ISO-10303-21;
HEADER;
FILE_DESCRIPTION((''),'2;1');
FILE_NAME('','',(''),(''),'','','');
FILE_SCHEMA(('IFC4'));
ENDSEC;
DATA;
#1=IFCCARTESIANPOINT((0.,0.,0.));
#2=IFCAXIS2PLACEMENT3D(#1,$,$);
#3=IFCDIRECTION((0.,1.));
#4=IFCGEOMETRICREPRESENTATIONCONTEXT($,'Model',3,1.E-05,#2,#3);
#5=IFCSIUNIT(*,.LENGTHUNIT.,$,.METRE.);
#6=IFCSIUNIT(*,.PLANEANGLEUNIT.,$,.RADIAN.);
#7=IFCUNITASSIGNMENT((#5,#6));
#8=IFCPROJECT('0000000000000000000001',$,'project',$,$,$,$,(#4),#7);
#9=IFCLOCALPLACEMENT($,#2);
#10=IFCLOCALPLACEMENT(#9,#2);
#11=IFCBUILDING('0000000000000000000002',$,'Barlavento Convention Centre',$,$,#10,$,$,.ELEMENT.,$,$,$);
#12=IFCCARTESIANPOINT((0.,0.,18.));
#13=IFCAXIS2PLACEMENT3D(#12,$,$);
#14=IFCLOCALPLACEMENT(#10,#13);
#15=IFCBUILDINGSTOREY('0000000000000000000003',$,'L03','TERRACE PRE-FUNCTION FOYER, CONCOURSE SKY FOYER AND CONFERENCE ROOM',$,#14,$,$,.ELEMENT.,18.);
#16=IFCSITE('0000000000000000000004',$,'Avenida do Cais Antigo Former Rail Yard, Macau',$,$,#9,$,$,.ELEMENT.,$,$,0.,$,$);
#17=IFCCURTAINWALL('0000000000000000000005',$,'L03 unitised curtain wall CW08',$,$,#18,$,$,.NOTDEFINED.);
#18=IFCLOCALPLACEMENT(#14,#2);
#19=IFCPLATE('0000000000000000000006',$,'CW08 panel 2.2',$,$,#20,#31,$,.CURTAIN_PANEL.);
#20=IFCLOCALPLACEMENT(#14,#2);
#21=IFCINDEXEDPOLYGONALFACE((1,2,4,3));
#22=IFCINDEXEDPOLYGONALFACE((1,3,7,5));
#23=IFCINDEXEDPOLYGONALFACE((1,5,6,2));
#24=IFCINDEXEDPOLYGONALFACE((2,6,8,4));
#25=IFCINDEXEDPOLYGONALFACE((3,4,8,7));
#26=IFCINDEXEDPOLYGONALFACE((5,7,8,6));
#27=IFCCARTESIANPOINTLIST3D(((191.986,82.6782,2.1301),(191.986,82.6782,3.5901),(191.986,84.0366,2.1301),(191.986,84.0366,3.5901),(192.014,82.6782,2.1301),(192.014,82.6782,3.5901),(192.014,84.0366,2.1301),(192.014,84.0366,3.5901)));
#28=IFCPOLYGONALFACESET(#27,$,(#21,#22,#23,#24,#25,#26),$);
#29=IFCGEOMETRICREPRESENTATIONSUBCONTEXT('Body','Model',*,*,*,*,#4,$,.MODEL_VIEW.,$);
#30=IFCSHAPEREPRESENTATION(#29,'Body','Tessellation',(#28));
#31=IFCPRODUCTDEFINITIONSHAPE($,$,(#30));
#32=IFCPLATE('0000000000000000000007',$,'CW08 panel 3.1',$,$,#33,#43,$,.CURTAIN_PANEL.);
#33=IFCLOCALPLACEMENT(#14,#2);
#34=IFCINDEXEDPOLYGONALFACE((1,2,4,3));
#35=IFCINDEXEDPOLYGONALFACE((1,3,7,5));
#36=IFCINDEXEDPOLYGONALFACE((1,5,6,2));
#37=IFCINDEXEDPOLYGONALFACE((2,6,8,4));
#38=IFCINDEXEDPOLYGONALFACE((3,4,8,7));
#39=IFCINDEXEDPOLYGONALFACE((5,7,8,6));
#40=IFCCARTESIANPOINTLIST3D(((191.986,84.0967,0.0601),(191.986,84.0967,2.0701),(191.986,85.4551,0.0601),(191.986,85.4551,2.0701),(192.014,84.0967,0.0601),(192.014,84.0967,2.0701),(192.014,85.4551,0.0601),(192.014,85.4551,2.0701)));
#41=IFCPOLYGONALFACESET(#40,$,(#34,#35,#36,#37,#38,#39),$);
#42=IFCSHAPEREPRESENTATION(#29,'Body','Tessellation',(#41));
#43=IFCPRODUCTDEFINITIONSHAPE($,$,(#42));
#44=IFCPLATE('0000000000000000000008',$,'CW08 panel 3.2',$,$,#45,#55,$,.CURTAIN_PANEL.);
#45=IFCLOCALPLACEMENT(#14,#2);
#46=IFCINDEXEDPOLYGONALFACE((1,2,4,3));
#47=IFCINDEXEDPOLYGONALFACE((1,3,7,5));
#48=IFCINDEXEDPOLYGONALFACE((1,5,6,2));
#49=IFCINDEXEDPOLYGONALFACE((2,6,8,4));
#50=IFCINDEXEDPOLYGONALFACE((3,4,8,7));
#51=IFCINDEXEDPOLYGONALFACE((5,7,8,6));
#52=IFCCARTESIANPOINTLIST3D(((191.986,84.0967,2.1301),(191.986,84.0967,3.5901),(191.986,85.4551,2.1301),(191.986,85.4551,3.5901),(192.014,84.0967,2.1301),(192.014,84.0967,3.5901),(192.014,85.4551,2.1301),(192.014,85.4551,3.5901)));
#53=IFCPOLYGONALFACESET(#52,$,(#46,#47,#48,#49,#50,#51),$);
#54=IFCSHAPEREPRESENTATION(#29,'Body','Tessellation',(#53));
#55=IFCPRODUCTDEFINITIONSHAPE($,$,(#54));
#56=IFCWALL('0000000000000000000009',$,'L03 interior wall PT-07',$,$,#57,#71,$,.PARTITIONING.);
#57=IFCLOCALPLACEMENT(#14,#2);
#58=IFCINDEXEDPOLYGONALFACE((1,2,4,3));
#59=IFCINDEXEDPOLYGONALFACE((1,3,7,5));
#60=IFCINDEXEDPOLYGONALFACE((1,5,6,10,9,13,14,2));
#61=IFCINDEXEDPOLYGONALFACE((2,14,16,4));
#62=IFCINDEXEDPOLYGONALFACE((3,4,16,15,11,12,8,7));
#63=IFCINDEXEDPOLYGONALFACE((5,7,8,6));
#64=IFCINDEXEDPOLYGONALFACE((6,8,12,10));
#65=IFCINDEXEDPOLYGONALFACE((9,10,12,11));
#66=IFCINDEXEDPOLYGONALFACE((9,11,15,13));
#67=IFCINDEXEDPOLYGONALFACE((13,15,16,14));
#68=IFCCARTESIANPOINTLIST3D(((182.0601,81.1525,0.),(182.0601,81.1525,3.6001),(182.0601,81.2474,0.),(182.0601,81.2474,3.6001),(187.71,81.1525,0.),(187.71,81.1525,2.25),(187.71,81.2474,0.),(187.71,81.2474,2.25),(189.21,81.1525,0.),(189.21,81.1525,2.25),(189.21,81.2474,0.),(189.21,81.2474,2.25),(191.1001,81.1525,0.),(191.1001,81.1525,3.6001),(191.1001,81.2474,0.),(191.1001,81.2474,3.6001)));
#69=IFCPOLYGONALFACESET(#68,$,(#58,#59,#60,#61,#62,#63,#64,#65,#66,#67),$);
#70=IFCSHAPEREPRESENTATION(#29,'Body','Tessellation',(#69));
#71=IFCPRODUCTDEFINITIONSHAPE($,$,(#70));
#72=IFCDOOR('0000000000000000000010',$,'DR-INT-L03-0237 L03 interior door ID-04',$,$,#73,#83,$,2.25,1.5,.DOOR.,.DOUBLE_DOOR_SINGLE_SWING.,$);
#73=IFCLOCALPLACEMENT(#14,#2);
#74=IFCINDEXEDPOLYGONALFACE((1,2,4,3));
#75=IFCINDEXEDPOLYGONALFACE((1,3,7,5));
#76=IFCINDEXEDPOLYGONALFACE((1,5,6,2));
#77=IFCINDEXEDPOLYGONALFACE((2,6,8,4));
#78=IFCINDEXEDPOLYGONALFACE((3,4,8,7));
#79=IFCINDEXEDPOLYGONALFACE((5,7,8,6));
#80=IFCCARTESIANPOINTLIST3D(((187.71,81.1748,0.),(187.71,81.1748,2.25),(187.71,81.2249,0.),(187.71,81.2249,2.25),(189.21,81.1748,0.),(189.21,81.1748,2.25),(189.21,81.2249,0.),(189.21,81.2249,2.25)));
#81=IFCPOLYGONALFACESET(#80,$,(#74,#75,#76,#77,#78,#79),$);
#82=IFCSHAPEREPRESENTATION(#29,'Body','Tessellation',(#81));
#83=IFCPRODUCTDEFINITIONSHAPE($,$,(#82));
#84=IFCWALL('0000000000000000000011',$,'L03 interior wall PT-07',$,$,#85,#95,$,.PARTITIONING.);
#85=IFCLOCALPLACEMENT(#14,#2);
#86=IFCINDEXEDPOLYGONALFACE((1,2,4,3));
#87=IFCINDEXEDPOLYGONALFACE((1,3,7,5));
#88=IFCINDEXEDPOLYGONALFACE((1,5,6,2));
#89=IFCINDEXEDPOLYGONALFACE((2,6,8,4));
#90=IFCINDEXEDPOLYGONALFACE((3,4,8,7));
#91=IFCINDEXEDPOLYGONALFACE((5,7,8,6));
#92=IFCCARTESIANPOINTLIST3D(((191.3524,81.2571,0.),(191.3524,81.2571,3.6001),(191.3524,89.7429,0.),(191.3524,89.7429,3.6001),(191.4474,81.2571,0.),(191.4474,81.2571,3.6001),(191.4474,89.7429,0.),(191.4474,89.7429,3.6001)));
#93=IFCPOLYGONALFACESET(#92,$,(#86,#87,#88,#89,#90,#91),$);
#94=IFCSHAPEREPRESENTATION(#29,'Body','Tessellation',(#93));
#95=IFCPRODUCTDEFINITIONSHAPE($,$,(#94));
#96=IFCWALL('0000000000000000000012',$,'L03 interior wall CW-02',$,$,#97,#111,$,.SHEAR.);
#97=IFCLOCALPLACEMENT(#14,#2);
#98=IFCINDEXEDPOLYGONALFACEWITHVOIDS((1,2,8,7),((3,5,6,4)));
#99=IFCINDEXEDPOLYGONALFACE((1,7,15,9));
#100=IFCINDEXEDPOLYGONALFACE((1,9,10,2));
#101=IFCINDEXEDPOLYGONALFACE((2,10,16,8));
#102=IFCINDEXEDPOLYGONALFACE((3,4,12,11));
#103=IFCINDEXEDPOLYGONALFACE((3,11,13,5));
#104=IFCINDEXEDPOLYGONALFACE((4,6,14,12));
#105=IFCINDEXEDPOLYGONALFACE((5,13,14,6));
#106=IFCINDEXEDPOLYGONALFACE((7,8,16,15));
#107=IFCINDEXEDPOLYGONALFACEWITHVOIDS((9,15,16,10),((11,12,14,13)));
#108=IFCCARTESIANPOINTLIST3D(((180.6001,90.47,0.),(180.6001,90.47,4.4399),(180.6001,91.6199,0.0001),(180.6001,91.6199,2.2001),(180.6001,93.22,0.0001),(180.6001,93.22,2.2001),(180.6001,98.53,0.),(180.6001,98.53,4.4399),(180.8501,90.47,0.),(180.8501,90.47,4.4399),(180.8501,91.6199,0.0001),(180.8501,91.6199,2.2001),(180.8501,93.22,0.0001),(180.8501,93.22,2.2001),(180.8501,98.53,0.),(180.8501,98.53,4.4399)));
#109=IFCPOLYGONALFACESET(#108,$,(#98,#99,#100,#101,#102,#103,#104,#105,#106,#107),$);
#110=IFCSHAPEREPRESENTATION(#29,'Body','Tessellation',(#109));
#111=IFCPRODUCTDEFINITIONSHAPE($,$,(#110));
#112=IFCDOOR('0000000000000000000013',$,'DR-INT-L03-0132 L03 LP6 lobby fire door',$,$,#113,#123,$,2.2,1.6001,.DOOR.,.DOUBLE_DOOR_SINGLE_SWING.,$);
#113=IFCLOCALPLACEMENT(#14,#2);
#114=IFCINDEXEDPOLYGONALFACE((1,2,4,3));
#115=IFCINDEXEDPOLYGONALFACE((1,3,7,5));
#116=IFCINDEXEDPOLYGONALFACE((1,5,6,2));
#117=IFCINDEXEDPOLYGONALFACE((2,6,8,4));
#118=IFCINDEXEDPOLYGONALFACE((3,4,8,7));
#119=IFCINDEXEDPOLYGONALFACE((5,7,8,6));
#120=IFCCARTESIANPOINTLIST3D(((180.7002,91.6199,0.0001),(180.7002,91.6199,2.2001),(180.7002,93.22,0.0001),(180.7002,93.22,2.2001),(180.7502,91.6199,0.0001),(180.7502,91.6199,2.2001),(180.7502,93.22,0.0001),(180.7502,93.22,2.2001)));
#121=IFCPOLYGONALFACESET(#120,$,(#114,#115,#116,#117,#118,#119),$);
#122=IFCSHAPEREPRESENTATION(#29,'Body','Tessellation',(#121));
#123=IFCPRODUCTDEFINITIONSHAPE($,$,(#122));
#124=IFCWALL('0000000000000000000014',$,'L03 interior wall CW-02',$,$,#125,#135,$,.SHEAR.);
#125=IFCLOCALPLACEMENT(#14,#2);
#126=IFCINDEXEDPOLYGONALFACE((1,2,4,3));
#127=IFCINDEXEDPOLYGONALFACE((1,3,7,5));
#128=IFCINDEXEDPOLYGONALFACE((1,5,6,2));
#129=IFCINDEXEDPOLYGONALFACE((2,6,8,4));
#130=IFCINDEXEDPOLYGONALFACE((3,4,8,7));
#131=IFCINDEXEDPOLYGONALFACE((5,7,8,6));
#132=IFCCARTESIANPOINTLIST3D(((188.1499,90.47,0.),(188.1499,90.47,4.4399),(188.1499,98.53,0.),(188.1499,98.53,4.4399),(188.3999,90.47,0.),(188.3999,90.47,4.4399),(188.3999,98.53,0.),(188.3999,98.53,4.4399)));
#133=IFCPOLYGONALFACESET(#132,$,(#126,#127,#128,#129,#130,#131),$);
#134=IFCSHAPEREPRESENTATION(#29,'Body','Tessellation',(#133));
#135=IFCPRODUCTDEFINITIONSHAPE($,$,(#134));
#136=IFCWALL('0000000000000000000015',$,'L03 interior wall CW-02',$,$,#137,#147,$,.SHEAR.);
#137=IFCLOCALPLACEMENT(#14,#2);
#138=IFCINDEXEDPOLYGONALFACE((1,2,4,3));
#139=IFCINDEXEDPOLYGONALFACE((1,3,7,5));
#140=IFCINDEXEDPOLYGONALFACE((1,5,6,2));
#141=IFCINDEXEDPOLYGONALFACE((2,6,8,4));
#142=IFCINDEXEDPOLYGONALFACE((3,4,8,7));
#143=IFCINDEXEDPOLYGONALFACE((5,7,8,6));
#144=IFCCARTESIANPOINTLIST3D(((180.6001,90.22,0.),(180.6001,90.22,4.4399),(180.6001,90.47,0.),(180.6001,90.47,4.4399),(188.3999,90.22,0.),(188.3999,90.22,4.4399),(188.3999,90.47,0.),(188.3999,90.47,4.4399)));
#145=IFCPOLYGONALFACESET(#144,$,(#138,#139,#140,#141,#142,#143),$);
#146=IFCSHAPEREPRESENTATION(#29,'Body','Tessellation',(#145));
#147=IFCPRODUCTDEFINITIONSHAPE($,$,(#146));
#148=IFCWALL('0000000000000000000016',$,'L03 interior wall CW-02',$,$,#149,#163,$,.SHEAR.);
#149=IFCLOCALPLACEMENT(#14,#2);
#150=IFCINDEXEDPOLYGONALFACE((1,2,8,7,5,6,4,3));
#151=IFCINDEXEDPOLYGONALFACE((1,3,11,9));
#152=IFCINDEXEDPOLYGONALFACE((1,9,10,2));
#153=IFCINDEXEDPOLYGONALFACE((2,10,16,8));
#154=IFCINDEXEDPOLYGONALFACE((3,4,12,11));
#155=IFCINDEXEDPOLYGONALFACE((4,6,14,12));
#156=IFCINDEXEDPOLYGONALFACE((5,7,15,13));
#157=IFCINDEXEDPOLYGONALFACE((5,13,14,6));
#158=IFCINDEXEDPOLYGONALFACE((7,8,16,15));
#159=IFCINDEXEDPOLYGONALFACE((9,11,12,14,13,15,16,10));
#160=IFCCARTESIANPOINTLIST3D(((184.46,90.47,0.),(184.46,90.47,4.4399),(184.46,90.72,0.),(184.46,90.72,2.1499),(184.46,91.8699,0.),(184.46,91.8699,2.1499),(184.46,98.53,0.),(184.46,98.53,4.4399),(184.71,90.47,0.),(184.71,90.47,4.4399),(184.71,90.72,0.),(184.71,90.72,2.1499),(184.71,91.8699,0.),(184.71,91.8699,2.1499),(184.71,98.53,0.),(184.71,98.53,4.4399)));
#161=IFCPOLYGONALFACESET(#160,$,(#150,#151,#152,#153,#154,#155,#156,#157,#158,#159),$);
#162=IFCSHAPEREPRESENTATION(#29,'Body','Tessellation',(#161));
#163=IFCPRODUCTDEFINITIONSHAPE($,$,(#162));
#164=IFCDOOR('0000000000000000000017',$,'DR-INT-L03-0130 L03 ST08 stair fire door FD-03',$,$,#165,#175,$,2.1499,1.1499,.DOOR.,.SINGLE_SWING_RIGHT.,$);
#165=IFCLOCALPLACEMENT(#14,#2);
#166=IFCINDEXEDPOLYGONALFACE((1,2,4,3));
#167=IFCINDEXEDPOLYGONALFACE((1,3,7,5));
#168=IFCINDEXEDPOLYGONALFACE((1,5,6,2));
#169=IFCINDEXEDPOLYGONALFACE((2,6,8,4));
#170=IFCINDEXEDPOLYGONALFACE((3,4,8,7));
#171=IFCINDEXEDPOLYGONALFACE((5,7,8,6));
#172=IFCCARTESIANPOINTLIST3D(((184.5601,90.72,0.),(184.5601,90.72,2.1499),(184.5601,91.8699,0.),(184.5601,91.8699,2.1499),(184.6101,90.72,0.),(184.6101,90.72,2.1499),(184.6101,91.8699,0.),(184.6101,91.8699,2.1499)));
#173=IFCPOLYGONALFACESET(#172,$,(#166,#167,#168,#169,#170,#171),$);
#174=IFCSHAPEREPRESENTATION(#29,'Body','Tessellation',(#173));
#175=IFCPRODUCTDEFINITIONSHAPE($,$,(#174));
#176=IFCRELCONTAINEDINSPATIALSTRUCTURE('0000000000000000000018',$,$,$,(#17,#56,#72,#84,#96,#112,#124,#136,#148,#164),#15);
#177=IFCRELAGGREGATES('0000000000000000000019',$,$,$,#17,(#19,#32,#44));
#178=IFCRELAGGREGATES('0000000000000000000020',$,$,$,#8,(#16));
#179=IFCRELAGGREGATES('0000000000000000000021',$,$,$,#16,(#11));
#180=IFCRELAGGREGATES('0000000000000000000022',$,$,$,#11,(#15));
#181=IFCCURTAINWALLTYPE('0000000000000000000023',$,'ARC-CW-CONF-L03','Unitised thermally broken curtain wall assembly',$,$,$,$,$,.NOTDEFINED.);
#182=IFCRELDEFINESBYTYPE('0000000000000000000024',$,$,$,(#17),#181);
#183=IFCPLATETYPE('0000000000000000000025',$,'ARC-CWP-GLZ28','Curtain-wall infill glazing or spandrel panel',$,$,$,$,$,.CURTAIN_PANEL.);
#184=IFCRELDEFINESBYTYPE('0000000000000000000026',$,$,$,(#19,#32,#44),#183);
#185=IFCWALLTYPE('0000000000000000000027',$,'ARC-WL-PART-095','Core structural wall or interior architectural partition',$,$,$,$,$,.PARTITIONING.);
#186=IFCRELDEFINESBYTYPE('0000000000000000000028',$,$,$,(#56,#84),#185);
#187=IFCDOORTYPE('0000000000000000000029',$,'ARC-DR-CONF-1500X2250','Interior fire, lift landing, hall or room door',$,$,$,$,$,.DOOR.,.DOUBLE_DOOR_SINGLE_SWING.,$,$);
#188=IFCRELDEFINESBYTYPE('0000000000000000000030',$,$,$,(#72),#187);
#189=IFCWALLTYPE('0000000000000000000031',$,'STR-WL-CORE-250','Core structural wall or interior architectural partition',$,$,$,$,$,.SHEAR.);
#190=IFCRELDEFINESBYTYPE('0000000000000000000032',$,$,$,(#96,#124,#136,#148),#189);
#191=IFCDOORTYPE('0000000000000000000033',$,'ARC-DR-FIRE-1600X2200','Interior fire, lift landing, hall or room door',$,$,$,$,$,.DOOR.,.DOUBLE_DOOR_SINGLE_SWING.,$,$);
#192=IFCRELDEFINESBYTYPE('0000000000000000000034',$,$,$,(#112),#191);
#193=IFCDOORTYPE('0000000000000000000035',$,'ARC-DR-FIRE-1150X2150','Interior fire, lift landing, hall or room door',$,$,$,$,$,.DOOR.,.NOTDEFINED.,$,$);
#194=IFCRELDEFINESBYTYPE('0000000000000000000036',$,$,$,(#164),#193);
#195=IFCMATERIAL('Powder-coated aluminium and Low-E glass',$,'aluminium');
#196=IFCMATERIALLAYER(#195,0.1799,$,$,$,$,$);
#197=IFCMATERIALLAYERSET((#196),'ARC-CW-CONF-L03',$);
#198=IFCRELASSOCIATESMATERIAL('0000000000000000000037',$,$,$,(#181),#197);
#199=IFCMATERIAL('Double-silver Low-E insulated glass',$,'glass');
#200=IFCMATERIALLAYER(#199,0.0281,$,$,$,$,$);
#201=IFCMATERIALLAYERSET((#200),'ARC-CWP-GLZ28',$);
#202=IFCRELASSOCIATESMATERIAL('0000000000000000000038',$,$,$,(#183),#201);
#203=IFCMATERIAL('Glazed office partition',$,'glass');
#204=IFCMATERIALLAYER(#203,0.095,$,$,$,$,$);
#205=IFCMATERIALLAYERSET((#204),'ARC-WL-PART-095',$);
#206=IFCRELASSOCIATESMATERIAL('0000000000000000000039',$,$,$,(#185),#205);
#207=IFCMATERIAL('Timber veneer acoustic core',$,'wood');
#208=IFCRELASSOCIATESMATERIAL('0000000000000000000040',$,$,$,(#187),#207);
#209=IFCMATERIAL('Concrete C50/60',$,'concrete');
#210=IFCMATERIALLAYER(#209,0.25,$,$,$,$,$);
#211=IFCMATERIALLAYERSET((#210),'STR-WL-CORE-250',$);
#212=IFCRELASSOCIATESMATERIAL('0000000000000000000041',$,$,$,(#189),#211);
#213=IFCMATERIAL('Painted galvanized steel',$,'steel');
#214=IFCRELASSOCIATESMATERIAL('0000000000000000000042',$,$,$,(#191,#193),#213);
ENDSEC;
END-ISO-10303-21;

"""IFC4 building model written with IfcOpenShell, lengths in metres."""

from ifc_helpers import new_model, si_unit, direction, frame, frame_2d, origin, origin_2d, place, context, subcontext, project, spatial, rectangle, extrude, material, layer, layer_set, type_object, element, fill, aggregate, save


model = new_model("IFC4")

# Units and contexts
model_context = context("Model", 3, precision=1e-05, world=origin(), true_north=direction((0.0, 1.0)))
body_context = subcontext(model_context, "Body", "Model", "MODEL_VIEW")
ifc_project = project(units=[si_unit("LENGTHUNIT", "METRE"), si_unit("PLANEANGLEUNIT", "RADIAN")], contexts=[model_context])

# Site, building, storey
site_placement = place(None, origin())
site = spatial("IfcSite", under=ifc_project, at=site_placement, Name="Avenida do Cais Antigo Former Rail Yard, Macau", CompositionType="ELEMENT", RefElevation=0.0)
building_placement = place(site_placement, origin())
building = spatial("IfcBuilding", under=site, at=building_placement, Name="Barlavento Convention Centre", CompositionType="ELEMENT")
storey_placement = place(building_placement, frame((0.0, 0.0, 18.0)))
storey = spatial("IfcBuildingStorey", under=building, at=storey_placement, Name="L03", Description="TERRACE PRE-FUNCTION FOYER, CONCOURSE SKY FOYER AND CONFERENCE ROOM", CompositionType="ELEMENT", Elevation=18.0)

# Curtain wall
ifc_material_1 = material(Name="Powder-coated aluminium and Low-E glass", Category="aluminium")
ifc_layer_1 = layer(ifc_material_1, 0.1799)
ifc_layer_set_1 = layer_set([ifc_layer_1], Name="ARC-CW-CONF-L03")
curtain_wall_type = type_object("IfcCurtainWallType", Name="ARC-CW-CONF-L03", Description="Unitised thermally broken curtain wall assembly", PredefinedType="NOTDEFINED", material=ifc_layer_set_1)
curtain_wall_placement = place(storey_placement, origin())
curtain_wall = element("IfcCurtainWall", 1, at=curtain_wall_placement, inside=storey, type_object=curtain_wall_type, Name="L03 unitised curtain wall CW08", PredefinedType="NOTDEFINED")

# Plates
ifc_material_2 = material(Name="Double-silver Low-E insulated glass", Category="glass")
ifc_layer_2 = layer(ifc_material_2, 0.0281)
ifc_layer_set_2 = layer_set([ifc_layer_2], Name="ARC-CWP-GLZ28")
plate_type = type_object("IfcPlateType", Name="ARC-CWP-GLZ28", Description="Curtain-wall infill glazing or spandrel panel", PredefinedType="CURTAIN_PANEL", material=ifc_layer_set_2)
plate_1_placement = place(storey_placement, frame((192.0, 83.3574, 2.1301), z_axis=(0.0, 0.0, 1.0), x_axis=(0.0, 1.0, 0.0)))
plate_1 = element("IfcPlate", 2, at=plate_1_placement, type_object=plate_type, Name="CW08 panel 2.2", PredefinedType="CURTAIN_PANEL", context=body_context, shape_type="SweptSolid", body=[
    extrude(rectangle(XDim=1.3584, YDim=0.0281, at=origin_2d()), origin(), (0.0, 0.0, 1.0), 1.46),
])
plate_2_placement = place(storey_placement, frame((192.0, 84.7759, 0.0601), z_axis=(0.0, 0.0, 1.0), x_axis=(0.0, 1.0, 0.0)))
plate_2 = element("IfcPlate", 3, at=plate_2_placement, type_object=plate_type, Name="CW08 panel 3.1", PredefinedType="CURTAIN_PANEL", context=body_context, shape_type="SweptSolid", body=[
    extrude(rectangle(XDim=1.3584, YDim=0.0281, at=origin_2d()), origin(), (0.0, 0.0, 1.0), 2.01),
])
plate_3_placement = place(storey_placement, frame((192.0, 84.7759, 2.1301), z_axis=(0.0, 0.0, 1.0), x_axis=(0.0, 1.0, 0.0)))
plate_3 = element("IfcPlate", 4, at=plate_3_placement, type_object=plate_type, Name="CW08 panel 3.2", PredefinedType="CURTAIN_PANEL", context=body_context, shape_type="SweptSolid", body=[
    extrude(rectangle(XDim=1.3584, YDim=0.0281, at=origin_2d()), origin(), (0.0, 0.0, 1.0), 1.46),
])
aggregate(curtain_wall, [plate_1, plate_2, plate_3])

# Wall, opening, door
ifc_material_3 = material(Name="Glazed office partition", Category="glass")
ifc_layer_3 = layer(ifc_material_3, 0.095)
ifc_layer_set_3 = layer_set([ifc_layer_3], Name="ARC-WL-PART-095")
wall_type_1 = type_object("IfcWallType", Name="ARC-WL-PART-095", Description="Core structural wall or interior architectural partition", PredefinedType="PARTITIONING", material=ifc_layer_set_3)
wall_1_placement = place(storey_placement, frame((182.0601, 81.2, 0.0), z_axis=(0.0, 0.0, 1.0), x_axis=(1.0, 0.0, 0.0)))
wall_1 = element("IfcWall", 5, at=wall_1_placement, inside=storey, type_object=wall_type_1, Name="L03 interior wall PT-07", PredefinedType="PARTITIONING", context=body_context, shape_type="SweptSolid", body=[
    extrude(rectangle(XDim=9.04, YDim=0.095, at=frame_2d((4.52, 0.0))), origin(), (0.0, 0.0, 1.0), 3.6001),
])
opening_1_placement = place(wall_1_placement, frame((5.6499, 0.0, 0.0)))
opening_1 = element("IfcOpeningElement", 6, at=opening_1_placement, cuts=wall_1, PredefinedType="OPENING", context=body_context, shape_type="SweptSolid", body=[
    extrude(rectangle(XDim=1.5, YDim=2.25, at=frame_2d((0.75, 1.125))), frame((0.0, 0.0574, 0.0), z_axis=(0.0, -1.0, 0.0), x_axis=(1.0, 0.0, 0.0)), (0.0, 0.0, 1.0), 0.115),
])
ifc_material_4 = material(Name="Timber veneer acoustic core", Category="wood")
door_type_1 = type_object("IfcDoorType", Name="ARC-DR-CONF-1500X2250", Description="Interior fire, lift landing, hall or room door", OperationType="DOUBLE_DOOR_SINGLE_SWING", PredefinedType="DOOR", material=ifc_material_4)
door_1_placement = place(opening_1_placement, origin())
door_1 = element("IfcDoor", 7, at=door_1_placement, inside=storey, type_object=door_type_1, Name="DR-INT-L03-0237 L03 interior door ID-04", OperationType="DOUBLE_DOOR_SINGLE_SWING", OverallHeight=2.25, OverallWidth=1.5, PredefinedType="DOOR", context=body_context, shape_type="SweptSolid", body=[
    extrude(rectangle(XDim=1.5, YDim=2.25, at=frame_2d((0.75, 1.125))), frame((0.0, 0.0249, 0.0), z_axis=(0.0, -1.0, 0.0), x_axis=(1.0, 0.0, 0.0)), (0.0, 0.0, 1.0), 0.05),
])
fill(opening_1, door_1)

# Wall
wall_2_placement = place(storey_placement, frame((191.3999, 81.2571, 0.0), z_axis=(0.0, 0.0, 1.0), x_axis=(0.0, 1.0, 0.0)))
element("IfcWall", 8, at=wall_2_placement, inside=storey, type_object=wall_type_1, Name="L03 interior wall PT-07", PredefinedType="PARTITIONING", context=body_context, shape_type="SweptSolid", body=[
    extrude(rectangle(XDim=8.4858, YDim=0.095, at=frame_2d((4.2429, 0.0))), origin(), (0.0, 0.0, 1.0), 3.6001),
])

# Wall, opening, door
ifc_material_5 = material(Name="Concrete C50/60", Category="concrete")
ifc_layer_4 = layer(ifc_material_5, 0.25)
ifc_layer_set_4 = layer_set([ifc_layer_4], Name="STR-WL-CORE-250")
wall_type_2 = type_object("IfcWallType", Name="STR-WL-CORE-250", Description="Core structural wall or interior architectural partition", PredefinedType="SHEAR", material=ifc_layer_set_4)
wall_3_placement = place(storey_placement, frame((180.7251, 90.47, 0.0), z_axis=(0.0, 0.0, 1.0), x_axis=(0.0, 1.0, 0.0)))
wall_3 = element("IfcWall", 9, at=wall_3_placement, inside=storey, type_object=wall_type_2, Name="L03 interior wall CW-02", PredefinedType="SHEAR", context=body_context, shape_type="SweptSolid", body=[
    extrude(rectangle(XDim=8.0601, YDim=0.25, at=frame_2d((4.03, 0.0))), origin(), (0.0, 0.0, 1.0), 4.4399),
])
opening_2_placement = place(wall_3_placement, frame((1.1499, 0.0, 0.0)))
opening_2 = element("IfcOpeningElement", 10, at=opening_2_placement, cuts=wall_3, PredefinedType="OPENING", context=body_context, shape_type="SweptSolid", body=[
    extrude(rectangle(XDim=1.6001, YDim=2.2, at=frame_2d((0.8, 1.1001))), frame((0.0, 0.135, 0.0), z_axis=(0.0, -1.0, 0.0), x_axis=(1.0, 0.0, 0.0)), (0.0, 0.0, 1.0), 0.27),
])
ifc_material_6 = material(Name="Painted galvanized steel", Category="steel")
door_type_2 = type_object("IfcDoorType", Name="ARC-DR-FIRE-1600X2200", Description="Interior fire, lift landing, hall or room door", OperationType="DOUBLE_DOOR_SINGLE_SWING", PredefinedType="DOOR", material=ifc_material_6)
door_2_placement = place(opening_2_placement, origin())
door_2 = element("IfcDoor", 11, at=door_2_placement, inside=storey, type_object=door_type_2, Name="DR-INT-L03-0132 L03 LP6 lobby fire door", OperationType="DOUBLE_DOOR_SINGLE_SWING", OverallHeight=2.2, OverallWidth=1.6001, PredefinedType="DOOR", context=body_context, shape_type="SweptSolid", body=[
    extrude(rectangle(XDim=1.6001, YDim=2.2, at=frame_2d((0.8, 1.1001))), frame((0.0, 0.0249, 0.0), z_axis=(0.0, -1.0, 0.0), x_axis=(1.0, 0.0, 0.0)), (0.0, 0.0, 1.0), 0.05),
])
fill(opening_2, door_2)

# Walls
wall_4_placement = place(storey_placement, frame((188.2749, 90.47, 0.0), z_axis=(0.0, 0.0, 1.0), x_axis=(0.0, 1.0, 0.0)))
element("IfcWall", 12, at=wall_4_placement, inside=storey, type_object=wall_type_2, Name="L03 interior wall CW-02", PredefinedType="SHEAR", context=body_context, shape_type="SweptSolid", body=[
    extrude(rectangle(XDim=8.0601, YDim=0.25, at=frame_2d((4.03, 0.0))), origin(), (0.0, 0.0, 1.0), 4.4399),
])
wall_5_placement = place(storey_placement, frame((180.6001, 90.345, 0.0), z_axis=(0.0, 0.0, 1.0), x_axis=(1.0, 0.0, 0.0)))
element("IfcWall", 13, at=wall_5_placement, inside=storey, type_object=wall_type_2, Name="L03 interior wall CW-02", PredefinedType="SHEAR", context=body_context, shape_type="SweptSolid", body=[
    extrude(rectangle(XDim=7.7998, YDim=0.25, at=frame_2d((3.8999, 0.0))), origin(), (0.0, 0.0, 1.0), 4.4399),
])

# Wall, opening, door
wall_6_placement = place(storey_placement, frame((184.585, 90.47, 0.0), z_axis=(0.0, 0.0, 1.0), x_axis=(0.0, 1.0, 0.0)))
wall_6 = element("IfcWall", 14, at=wall_6_placement, inside=storey, type_object=wall_type_2, Name="L03 interior wall CW-02", PredefinedType="SHEAR", context=body_context, shape_type="SweptSolid", body=[
    extrude(rectangle(XDim=8.0601, YDim=0.25, at=frame_2d((4.03, 0.0))), origin(), (0.0, 0.0, 1.0), 4.4399),
])
opening_3_placement = place(wall_6_placement, frame((0.25, 0.0, 0.0)))
opening_3 = element("IfcOpeningElement", 15, at=opening_3_placement, cuts=wall_6, PredefinedType="OPENING", context=body_context, shape_type="SweptSolid", body=[
    extrude(rectangle(XDim=1.1499, YDim=2.1499, at=frame_2d((0.575, 1.075))), frame((0.0, 0.135, 0.0), z_axis=(0.0, -1.0, 0.0), x_axis=(1.0, 0.0, 0.0)), (0.0, 0.0, 1.0), 0.27),
])
door_type_3 = type_object("IfcDoorType", Name="ARC-DR-FIRE-1150X2150", Description="Interior fire, lift landing, hall or room door", OperationType="NOTDEFINED", PredefinedType="DOOR", material=ifc_material_6)
door_3_placement = place(opening_3_placement, origin())
door_3 = element("IfcDoor", 16, at=door_3_placement, inside=storey, type_object=door_type_3, Name="DR-INT-L03-0130 L03 ST08 stair fire door FD-03", OperationType="SINGLE_SWING_RIGHT", OverallHeight=2.1499, OverallWidth=1.1499, PredefinedType="DOOR", context=body_context, shape_type="SweptSolid", body=[
    extrude(rectangle(XDim=1.1499, YDim=2.1499, at=frame_2d((0.575, 1.075))), frame((0.0, 0.0249, 0.0), z_axis=(0.0, -1.0, 0.0), x_axis=(1.0, 0.0, 0.0)), (0.0, 0.0, 1.0), 0.05),
])
fill(opening_3, door_3)

save(model, "model.ifc")
